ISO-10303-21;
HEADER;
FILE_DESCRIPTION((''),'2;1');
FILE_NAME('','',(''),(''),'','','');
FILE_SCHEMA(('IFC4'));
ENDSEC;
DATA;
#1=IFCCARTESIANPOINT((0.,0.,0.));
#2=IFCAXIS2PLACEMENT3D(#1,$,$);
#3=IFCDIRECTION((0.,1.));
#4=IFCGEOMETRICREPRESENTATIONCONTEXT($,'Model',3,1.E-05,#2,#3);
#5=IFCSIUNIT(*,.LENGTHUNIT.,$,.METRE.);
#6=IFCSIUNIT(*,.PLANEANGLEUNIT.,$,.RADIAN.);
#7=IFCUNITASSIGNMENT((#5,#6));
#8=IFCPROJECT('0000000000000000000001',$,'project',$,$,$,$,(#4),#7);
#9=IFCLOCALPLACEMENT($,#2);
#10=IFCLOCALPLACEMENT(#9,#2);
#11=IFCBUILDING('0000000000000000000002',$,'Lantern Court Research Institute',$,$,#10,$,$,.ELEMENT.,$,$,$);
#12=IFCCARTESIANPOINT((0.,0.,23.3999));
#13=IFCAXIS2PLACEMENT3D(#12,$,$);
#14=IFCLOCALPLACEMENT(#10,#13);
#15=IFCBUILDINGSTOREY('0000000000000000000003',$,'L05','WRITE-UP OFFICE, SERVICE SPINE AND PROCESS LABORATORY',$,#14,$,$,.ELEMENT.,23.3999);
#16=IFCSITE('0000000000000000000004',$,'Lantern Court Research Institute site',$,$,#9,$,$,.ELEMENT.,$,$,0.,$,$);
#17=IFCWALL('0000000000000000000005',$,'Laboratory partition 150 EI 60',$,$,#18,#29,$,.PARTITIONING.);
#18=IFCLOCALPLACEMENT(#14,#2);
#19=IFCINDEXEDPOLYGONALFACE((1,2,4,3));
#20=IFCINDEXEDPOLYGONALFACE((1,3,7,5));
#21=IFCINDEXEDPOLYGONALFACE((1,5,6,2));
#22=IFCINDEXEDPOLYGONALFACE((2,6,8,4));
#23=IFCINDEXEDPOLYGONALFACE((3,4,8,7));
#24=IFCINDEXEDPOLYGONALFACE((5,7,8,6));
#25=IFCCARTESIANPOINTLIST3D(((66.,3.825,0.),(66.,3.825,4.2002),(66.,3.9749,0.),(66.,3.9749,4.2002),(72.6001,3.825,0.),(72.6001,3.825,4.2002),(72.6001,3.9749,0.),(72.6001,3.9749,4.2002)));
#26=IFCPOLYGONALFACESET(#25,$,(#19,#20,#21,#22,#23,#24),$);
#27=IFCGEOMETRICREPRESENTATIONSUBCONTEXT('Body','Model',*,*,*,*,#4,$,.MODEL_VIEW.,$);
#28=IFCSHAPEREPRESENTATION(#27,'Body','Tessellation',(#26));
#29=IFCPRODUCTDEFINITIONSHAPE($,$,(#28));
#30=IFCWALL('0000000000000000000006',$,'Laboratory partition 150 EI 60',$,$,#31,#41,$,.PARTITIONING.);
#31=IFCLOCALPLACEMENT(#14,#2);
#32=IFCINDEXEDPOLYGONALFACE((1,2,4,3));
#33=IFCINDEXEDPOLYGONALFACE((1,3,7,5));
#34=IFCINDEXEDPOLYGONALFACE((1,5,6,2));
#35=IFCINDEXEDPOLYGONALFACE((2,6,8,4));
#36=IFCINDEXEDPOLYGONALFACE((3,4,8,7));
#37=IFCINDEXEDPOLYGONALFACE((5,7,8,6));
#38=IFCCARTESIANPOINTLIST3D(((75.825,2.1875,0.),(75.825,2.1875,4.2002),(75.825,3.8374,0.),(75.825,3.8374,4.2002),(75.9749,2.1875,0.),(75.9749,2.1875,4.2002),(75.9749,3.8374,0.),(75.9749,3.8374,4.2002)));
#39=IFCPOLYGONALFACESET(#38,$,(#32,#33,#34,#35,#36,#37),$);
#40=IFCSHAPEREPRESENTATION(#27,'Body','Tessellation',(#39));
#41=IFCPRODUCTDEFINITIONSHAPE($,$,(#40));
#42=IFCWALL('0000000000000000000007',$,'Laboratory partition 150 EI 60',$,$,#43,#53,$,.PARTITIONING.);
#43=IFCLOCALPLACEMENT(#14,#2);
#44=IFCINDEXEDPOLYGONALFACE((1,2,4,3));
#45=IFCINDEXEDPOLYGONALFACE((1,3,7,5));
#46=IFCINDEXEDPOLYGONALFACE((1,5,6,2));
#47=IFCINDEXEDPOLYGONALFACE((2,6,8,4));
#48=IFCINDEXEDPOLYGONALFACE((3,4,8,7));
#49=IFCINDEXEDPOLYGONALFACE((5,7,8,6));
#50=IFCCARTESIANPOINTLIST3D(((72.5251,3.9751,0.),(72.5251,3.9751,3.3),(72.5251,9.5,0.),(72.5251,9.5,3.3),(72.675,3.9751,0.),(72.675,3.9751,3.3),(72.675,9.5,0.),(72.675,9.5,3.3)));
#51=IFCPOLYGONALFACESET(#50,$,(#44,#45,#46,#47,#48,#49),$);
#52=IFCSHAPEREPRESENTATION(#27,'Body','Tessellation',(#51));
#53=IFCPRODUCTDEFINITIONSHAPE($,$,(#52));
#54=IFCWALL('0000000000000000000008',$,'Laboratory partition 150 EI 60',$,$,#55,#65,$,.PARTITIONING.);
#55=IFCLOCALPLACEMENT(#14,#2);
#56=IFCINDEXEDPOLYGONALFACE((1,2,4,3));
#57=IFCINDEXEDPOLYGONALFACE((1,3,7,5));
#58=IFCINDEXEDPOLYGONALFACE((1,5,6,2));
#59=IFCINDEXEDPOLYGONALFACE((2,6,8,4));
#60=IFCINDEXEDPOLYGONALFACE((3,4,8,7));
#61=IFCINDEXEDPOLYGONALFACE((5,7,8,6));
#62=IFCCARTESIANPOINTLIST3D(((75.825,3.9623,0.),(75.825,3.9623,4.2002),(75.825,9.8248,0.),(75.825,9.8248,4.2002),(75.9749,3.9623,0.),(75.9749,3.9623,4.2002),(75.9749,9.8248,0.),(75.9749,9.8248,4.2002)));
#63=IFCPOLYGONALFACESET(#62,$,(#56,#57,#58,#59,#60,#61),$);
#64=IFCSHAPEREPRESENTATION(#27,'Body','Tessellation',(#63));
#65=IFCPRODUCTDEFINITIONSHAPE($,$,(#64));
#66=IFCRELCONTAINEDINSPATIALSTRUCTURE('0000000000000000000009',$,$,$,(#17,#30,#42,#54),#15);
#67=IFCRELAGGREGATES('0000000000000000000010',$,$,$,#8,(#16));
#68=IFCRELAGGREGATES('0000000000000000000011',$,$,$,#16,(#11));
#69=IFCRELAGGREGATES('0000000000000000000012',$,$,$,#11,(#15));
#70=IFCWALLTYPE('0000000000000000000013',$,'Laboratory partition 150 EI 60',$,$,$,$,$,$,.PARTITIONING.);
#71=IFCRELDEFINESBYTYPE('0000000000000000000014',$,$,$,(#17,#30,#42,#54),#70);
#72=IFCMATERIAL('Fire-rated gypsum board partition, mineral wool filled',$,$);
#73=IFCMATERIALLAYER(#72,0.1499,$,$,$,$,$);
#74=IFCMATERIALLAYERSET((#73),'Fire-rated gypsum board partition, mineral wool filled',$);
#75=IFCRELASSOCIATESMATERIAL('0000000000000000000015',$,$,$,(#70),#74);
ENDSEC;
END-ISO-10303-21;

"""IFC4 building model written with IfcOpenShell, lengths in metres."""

from ifc_helpers import new_model, si_unit, direction, frame, frame_2d, origin, place, context, subcontext, project, spatial, rectangle, extrude, material, layer, layer_set, type_object, element, save


model = new_model("IFC4")

# Units and contexts
model_context = context("Model", 3, precision=1e-05, world=origin(), true_north=direction((0.0, 1.0)))
body_context = subcontext(model_context, "Body", "Model", "MODEL_VIEW")
ifc_project = project(units=[si_unit("LENGTHUNIT", "METRE"), si_unit("PLANEANGLEUNIT", "RADIAN")], contexts=[model_context])

# Site, building, storey
site_placement = place(None, origin())
site = spatial("IfcSite", under=ifc_project, at=site_placement, Name="Lantern Court Research Institute site", CompositionType="ELEMENT", RefElevation=0.0)
building_placement = place(site_placement, origin())
building = spatial("IfcBuilding", under=site, at=building_placement, Name="Lantern Court Research Institute", CompositionType="ELEMENT")
storey_placement = place(building_placement, frame((0.0, 0.0, 23.3999)))
storey = spatial("IfcBuildingStorey", under=building, at=storey_placement, Name="L05", Description="WRITE-UP OFFICE, SERVICE SPINE AND PROCESS LABORATORY", CompositionType="ELEMENT", Elevation=23.3999)

# Walls
ifc_material_1 = material(Name="Fire-rated gypsum board partition, mineral wool filled")
ifc_layer_1 = layer(ifc_material_1, 0.1499)
ifc_layer_set_1 = layer_set([ifc_layer_1], Name="Fire-rated gypsum board partition, mineral wool filled")
wall_type_1 = type_object("IfcWallType", Name="Laboratory partition 150 EI 60", PredefinedType="PARTITIONING", material=ifc_layer_set_1)
wall_1_placement = place(storey_placement, frame((72.6001, 3.8999, 0.0), z_axis=(0.0, 0.0, 1.0), x_axis=(-1.0, 0.0, 0.0)))
element("IfcWall", 1, at=wall_1_placement, inside=storey, type_object=wall_type_1, Name="Laboratory partition 150 EI 60", PredefinedType="PARTITIONING", context=body_context, shape_type="SweptSolid", body=[
    extrude(rectangle(XDim=6.6001, YDim=0.1499, at=frame_2d((3.3, 0.0))), origin(), (0.0, 0.0, 1.0), 4.2002),
])
wall_2_placement = place(storey_placement, frame((75.8999, 2.1875, 0.0), z_axis=(0.0, 0.0, 1.0), x_axis=(0.0, 1.0, 0.0)))
element("IfcWall", 2, at=wall_2_placement, inside=storey, type_object=wall_type_1, Name="Laboratory partition 150 EI 60", PredefinedType="PARTITIONING", context=body_context, shape_type="SweptSolid", body=[
    extrude(rectangle(XDim=1.6499, YDim=0.1499, at=frame_2d((0.825, 0.0))), origin(), (0.0, 0.0, 1.0), 4.2002),
])
wall_3_placement = place(storey_placement, frame((72.6001, 3.9751, 0.0), z_axis=(0.0, 0.0, 1.0), x_axis=(0.0, 1.0, 0.0)))
element("IfcWall", 3, at=wall_3_placement, inside=storey, type_object=wall_type_1, Name="Laboratory partition 150 EI 60", PredefinedType="PARTITIONING", context=body_context, shape_type="SweptSolid", body=[
    extrude(rectangle(XDim=5.5249, YDim=0.1499, at=frame_2d((2.7625, 0.0))), origin(), (0.0, 0.0, 1.0), 3.3),
])
wall_4_placement = place(storey_placement, frame((75.8999, 3.9624, 0.0), z_axis=(0.0, 0.0, 1.0), x_axis=(0.0, 1.0, 0.0)))
element("IfcWall", 4, at=wall_4_placement, inside=storey, type_object=wall_type_1, Name="Laboratory partition 150 EI 60", PredefinedType="PARTITIONING", context=body_context, shape_type="SweptSolid", body=[
    extrude(rectangle(XDim=5.8625, YDim=0.1499, at=frame_2d((2.9312, 0.0))), origin(), (0.0, 0.0, 1.0), 4.2002),
])

save(model, "model.ifc")
